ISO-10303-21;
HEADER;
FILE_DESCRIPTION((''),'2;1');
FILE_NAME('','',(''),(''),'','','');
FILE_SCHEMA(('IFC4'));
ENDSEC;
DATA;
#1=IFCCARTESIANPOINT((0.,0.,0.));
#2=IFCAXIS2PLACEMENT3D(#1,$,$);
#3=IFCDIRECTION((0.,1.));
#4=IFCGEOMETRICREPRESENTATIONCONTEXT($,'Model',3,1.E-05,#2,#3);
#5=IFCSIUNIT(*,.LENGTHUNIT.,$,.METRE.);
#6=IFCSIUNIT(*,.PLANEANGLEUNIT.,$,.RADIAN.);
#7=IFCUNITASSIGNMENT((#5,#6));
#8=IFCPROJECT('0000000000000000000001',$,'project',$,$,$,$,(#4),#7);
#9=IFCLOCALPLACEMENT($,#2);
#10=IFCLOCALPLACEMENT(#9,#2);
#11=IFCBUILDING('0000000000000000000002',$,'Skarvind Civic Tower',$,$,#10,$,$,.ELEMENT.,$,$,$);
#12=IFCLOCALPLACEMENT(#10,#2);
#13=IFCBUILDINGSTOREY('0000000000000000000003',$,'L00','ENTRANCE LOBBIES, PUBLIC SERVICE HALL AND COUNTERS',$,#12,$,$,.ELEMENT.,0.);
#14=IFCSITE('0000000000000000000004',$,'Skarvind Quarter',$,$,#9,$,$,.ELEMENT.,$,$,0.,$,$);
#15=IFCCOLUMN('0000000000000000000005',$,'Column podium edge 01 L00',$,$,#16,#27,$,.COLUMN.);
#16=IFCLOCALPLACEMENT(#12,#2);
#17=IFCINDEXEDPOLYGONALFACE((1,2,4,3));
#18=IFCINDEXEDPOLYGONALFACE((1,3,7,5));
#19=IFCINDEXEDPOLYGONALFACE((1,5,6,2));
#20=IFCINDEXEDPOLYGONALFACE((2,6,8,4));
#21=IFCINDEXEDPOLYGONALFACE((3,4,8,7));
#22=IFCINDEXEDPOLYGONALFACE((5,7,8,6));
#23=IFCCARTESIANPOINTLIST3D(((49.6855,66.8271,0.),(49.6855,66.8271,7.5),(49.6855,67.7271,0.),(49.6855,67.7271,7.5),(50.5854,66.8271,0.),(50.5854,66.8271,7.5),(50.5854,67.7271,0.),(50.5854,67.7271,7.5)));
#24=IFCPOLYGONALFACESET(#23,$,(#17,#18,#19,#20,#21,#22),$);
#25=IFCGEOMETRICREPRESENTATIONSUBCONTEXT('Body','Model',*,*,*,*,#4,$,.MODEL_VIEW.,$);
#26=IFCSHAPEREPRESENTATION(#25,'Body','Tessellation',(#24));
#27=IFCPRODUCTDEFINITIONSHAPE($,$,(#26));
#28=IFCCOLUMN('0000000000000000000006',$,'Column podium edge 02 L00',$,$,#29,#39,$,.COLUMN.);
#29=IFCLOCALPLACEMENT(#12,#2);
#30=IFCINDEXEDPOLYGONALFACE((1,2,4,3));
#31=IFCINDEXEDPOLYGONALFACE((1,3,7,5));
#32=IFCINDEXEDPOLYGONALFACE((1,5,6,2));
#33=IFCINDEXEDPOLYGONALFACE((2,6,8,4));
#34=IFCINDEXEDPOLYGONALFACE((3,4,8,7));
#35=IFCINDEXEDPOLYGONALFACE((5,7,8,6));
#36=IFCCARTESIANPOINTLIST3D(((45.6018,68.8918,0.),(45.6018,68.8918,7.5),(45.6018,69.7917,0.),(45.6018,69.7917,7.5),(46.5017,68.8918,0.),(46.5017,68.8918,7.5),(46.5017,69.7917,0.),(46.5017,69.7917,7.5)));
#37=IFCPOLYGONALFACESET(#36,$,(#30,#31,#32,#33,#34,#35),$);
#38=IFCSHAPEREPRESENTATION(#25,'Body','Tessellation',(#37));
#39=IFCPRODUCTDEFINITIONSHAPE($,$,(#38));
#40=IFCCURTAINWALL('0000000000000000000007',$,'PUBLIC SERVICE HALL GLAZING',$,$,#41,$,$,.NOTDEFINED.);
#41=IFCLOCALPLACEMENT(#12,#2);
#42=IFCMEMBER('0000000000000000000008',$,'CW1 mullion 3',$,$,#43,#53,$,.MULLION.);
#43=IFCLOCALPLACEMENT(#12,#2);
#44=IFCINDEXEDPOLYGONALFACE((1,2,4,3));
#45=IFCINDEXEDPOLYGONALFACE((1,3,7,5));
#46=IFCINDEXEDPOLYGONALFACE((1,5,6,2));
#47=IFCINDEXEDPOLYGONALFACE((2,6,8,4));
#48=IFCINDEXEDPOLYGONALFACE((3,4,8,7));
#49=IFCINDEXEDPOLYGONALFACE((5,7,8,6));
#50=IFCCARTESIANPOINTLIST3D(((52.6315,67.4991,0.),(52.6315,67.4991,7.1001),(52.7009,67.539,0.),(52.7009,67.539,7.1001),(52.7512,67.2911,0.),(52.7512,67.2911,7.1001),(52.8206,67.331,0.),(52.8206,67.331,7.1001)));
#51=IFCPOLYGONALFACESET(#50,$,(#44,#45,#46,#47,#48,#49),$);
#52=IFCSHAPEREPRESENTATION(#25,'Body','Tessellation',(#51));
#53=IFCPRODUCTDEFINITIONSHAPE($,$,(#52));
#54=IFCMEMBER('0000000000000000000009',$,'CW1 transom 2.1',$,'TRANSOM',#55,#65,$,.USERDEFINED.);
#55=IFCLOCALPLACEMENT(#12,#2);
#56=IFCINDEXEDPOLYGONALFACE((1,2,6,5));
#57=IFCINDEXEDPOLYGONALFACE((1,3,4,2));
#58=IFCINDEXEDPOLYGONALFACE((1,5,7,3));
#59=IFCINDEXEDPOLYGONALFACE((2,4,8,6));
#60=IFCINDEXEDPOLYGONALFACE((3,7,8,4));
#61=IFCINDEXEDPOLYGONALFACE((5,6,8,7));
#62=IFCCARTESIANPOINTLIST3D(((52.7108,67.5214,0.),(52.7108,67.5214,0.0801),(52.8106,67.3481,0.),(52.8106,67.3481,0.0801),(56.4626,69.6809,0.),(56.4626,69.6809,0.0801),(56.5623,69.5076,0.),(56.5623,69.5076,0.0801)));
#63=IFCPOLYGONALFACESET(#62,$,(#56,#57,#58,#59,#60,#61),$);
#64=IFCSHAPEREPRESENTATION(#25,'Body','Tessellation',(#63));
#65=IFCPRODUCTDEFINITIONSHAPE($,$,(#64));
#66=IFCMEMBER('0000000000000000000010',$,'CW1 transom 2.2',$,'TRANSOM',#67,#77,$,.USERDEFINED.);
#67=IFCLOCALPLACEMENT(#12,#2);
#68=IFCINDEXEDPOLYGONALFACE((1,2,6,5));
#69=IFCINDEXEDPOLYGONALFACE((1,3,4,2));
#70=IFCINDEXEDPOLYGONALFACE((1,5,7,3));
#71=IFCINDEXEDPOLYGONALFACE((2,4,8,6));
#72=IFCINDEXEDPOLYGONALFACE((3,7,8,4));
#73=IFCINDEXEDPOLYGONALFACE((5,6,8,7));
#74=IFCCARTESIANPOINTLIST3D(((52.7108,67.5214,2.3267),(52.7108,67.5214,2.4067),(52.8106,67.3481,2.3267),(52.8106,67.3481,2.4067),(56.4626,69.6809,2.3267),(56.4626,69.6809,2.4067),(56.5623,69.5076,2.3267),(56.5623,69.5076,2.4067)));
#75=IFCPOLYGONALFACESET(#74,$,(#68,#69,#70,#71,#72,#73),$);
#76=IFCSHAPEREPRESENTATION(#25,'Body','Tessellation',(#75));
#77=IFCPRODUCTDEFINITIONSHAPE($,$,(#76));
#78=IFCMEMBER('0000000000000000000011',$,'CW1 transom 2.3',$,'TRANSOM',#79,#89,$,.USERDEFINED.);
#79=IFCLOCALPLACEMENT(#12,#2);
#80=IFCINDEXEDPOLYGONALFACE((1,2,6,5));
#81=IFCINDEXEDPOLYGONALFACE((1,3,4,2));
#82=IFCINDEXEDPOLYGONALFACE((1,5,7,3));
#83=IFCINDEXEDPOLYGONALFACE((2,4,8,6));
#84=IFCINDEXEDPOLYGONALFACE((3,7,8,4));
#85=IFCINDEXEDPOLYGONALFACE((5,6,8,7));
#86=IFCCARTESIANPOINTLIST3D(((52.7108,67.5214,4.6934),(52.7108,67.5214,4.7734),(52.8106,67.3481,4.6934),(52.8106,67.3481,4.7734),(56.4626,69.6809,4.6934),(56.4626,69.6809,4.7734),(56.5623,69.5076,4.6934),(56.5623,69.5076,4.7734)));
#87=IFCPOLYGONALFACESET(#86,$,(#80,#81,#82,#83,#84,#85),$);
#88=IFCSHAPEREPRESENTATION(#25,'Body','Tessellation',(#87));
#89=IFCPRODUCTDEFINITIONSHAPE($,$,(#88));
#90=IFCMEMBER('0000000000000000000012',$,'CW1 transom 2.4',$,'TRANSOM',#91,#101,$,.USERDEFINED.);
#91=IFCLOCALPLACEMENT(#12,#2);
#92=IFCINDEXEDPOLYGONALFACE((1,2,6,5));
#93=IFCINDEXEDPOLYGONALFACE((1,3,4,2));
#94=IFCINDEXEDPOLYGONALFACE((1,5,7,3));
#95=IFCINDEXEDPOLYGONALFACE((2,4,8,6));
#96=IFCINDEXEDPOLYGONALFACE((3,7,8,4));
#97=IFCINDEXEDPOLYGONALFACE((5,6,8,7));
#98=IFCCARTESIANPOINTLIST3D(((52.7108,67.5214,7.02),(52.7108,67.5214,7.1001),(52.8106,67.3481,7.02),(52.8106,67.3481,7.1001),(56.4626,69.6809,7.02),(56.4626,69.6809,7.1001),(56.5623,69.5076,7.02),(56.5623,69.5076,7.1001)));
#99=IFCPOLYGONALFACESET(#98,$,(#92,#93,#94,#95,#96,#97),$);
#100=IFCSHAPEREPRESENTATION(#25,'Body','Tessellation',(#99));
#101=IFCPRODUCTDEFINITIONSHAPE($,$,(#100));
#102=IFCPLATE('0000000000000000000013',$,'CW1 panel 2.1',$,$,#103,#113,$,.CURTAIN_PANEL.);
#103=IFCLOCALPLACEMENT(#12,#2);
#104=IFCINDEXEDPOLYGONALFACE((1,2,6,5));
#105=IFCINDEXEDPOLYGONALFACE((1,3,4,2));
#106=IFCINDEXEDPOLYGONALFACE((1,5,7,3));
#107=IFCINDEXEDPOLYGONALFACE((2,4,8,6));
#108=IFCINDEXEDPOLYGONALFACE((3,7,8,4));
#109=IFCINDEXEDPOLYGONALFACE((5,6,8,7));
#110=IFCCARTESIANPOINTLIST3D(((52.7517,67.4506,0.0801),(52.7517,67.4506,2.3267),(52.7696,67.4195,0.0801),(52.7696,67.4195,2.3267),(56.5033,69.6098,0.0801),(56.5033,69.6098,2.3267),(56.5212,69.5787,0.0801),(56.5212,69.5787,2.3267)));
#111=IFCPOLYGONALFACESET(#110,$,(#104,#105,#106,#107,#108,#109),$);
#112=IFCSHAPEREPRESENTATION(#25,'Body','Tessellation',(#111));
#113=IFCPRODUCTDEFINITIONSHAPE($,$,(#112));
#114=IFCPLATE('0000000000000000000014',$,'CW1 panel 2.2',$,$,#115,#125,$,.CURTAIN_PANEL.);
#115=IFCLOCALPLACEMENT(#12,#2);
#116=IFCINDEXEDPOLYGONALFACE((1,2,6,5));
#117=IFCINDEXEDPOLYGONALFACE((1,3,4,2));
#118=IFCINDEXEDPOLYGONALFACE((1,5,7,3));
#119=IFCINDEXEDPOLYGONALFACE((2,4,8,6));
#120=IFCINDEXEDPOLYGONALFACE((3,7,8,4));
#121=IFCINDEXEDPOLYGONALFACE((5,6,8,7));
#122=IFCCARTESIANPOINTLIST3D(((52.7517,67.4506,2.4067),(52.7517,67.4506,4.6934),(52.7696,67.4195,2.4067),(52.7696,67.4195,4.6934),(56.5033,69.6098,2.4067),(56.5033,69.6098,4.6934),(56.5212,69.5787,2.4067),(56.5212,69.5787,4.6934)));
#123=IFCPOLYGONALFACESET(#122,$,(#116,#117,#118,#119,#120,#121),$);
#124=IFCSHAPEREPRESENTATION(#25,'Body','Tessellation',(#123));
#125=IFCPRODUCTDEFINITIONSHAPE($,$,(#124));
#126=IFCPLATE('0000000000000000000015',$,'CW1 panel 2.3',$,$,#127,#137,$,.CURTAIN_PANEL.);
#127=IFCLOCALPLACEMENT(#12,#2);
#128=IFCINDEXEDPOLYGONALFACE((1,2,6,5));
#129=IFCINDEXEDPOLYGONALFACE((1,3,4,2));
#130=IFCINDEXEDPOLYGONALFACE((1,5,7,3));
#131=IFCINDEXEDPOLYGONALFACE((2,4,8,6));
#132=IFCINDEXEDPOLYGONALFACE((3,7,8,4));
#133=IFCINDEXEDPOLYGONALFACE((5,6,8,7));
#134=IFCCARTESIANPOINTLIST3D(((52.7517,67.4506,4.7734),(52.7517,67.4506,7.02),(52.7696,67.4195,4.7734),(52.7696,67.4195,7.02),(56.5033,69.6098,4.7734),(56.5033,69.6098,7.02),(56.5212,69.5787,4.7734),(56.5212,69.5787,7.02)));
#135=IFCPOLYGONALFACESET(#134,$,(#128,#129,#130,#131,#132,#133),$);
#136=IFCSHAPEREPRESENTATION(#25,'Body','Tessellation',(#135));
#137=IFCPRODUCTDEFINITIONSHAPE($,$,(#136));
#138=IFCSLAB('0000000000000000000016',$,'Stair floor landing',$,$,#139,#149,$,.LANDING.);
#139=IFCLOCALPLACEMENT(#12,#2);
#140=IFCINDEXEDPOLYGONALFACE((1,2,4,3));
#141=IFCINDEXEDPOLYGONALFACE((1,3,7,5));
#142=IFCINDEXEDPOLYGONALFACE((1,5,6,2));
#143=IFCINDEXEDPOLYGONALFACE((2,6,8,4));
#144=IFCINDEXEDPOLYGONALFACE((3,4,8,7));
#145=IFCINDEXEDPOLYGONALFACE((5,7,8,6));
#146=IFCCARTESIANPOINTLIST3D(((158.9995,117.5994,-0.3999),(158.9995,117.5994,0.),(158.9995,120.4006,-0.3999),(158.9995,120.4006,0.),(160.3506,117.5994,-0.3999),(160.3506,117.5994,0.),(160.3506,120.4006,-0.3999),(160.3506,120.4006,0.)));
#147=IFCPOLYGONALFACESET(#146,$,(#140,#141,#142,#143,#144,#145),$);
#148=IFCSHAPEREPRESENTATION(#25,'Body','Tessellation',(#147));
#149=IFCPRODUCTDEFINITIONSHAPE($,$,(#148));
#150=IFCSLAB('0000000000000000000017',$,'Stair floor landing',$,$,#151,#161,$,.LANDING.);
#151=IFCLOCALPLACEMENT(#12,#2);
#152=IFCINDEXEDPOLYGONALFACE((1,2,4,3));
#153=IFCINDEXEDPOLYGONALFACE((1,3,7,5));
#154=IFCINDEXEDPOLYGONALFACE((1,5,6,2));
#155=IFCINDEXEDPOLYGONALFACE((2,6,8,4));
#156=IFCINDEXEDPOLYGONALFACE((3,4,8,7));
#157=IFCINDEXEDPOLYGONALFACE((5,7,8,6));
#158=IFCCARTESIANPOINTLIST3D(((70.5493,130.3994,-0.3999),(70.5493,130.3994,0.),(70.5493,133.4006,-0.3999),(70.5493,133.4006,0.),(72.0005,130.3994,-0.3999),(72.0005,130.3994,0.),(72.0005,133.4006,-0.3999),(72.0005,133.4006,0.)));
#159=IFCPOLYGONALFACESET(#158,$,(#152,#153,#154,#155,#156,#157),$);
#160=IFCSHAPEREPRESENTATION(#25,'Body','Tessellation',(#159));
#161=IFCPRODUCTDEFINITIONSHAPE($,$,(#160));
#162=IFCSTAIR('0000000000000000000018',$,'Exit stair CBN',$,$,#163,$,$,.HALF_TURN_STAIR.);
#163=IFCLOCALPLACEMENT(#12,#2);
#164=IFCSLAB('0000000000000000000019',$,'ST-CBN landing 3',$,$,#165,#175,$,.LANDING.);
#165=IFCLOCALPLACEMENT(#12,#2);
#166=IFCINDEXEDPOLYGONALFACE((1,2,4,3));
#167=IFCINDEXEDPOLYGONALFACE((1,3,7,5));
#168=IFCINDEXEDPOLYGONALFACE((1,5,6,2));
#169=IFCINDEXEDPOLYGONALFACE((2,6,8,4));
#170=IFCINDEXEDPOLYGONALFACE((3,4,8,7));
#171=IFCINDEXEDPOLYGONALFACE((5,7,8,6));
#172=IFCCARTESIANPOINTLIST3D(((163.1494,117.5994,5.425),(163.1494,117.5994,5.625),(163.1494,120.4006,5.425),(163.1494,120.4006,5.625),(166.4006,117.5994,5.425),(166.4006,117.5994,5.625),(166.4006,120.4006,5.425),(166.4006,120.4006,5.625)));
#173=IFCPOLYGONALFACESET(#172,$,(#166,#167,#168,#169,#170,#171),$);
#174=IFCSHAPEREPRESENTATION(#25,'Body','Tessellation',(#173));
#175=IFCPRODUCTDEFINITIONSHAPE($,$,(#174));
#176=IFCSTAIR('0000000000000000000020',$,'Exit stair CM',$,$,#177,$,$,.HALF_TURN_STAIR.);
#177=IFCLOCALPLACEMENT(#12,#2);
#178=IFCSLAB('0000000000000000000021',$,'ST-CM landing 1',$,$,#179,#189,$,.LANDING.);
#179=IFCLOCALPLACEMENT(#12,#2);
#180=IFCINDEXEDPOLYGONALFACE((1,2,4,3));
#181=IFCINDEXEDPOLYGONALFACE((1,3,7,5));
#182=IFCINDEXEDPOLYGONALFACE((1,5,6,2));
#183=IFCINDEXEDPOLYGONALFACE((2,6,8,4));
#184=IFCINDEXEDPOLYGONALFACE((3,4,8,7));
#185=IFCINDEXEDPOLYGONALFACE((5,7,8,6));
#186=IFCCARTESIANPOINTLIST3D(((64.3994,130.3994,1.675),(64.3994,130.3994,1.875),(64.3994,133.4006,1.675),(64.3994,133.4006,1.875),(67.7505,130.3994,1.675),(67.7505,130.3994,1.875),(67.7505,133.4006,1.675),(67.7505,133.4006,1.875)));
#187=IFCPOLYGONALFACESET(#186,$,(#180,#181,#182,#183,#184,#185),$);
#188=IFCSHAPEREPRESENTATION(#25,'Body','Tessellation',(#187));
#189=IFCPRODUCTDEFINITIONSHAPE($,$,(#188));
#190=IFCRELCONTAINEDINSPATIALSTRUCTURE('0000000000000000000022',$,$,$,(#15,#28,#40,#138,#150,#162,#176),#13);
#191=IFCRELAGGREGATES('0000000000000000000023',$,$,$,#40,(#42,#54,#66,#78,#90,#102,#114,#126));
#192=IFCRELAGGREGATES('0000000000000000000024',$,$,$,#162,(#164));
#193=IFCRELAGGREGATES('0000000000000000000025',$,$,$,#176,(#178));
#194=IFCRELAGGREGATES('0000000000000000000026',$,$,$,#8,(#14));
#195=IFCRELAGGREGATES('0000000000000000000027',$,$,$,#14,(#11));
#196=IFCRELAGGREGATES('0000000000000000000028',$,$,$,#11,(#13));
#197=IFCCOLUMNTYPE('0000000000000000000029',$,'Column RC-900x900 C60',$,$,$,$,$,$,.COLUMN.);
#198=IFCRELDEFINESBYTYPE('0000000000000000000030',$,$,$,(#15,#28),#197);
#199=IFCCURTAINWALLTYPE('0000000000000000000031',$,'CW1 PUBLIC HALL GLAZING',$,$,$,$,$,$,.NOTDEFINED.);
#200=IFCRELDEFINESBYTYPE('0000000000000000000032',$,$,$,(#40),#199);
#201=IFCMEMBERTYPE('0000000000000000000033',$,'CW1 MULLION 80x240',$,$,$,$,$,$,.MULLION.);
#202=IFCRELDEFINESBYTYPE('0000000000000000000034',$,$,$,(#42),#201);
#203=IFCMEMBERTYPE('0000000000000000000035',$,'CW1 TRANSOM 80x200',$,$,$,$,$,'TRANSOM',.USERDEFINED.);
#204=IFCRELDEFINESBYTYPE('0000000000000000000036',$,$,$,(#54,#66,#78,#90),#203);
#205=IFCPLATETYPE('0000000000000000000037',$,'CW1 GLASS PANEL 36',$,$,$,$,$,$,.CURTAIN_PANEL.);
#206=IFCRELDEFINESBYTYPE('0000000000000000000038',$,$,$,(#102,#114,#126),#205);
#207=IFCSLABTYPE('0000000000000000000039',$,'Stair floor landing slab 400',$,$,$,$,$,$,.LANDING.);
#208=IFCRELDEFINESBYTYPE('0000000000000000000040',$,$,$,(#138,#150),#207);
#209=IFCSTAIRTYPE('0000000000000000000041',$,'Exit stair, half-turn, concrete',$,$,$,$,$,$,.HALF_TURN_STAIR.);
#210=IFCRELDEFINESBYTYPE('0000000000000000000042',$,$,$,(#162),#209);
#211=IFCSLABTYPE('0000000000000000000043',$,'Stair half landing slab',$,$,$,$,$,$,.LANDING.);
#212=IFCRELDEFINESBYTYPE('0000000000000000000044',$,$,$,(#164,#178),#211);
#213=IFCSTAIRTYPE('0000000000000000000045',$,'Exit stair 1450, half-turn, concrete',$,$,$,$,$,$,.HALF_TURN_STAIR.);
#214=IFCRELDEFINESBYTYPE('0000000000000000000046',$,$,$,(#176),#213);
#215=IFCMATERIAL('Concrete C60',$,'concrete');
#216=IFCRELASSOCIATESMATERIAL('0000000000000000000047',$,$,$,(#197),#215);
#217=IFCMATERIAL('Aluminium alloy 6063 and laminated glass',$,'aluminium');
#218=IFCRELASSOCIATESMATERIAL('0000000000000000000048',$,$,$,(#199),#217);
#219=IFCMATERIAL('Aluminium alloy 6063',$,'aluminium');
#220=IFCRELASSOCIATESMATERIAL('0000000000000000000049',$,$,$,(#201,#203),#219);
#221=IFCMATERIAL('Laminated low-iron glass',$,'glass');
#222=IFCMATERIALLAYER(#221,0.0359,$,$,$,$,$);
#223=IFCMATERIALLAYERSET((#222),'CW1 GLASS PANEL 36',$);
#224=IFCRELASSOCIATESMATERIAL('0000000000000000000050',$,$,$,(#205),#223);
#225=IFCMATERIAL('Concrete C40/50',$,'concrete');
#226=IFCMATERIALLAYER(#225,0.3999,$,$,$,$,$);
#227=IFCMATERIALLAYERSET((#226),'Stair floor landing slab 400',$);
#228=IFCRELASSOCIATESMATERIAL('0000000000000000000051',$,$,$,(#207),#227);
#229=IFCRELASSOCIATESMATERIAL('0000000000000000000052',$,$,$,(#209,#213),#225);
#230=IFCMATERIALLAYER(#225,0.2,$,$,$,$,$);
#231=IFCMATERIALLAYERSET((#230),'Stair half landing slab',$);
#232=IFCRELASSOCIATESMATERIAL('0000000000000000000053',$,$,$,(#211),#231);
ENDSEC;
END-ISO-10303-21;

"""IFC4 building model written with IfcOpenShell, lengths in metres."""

from ifc_helpers import new_model, si_unit, direction, frame, origin, origin_2d, place, context, subcontext, project, spatial, polyline, rectangle, outline, extrude, material, layer, layer_set, material_profile, profile_set, type_object, element, aggregate, save


model = new_model("IFC4")

# Units and contexts
model_context = context("Model", 3, precision=1e-05, world=origin(), true_north=direction((0.0, 1.0)))
body_context = subcontext(model_context, "Body", "Model", "MODEL_VIEW")
ifc_project = project(units=[si_unit("LENGTHUNIT", "METRE"), si_unit("PLANEANGLEUNIT", "RADIAN")], contexts=[model_context])

# Site, building, storey
site_placement = place(None, origin())
site = spatial("IfcSite", under=ifc_project, at=site_placement, Name="Skarvind Quarter", CompositionType="ELEMENT", RefElevation=0.0)
building_placement = place(site_placement, origin())
building = spatial("IfcBuilding", under=site, at=building_placement, Name="Skarvind Civic Tower", CompositionType="ELEMENT")
storey_placement = place(building_placement, origin())
storey = spatial("IfcBuildingStorey", under=building, at=storey_placement, Name="L00", Description="ENTRANCE LOBBIES, PUBLIC SERVICE HALL AND COUNTERS", CompositionType="ELEMENT", Elevation=0.0)

# Columns
ifc_material_1 = material(Name="Concrete C60", Category="concrete")
ifc_material_profile_1 = material_profile(ifc_material_1, rectangle(XDim=0.8999, YDim=0.8999, at=origin_2d()), Name="RC-900x900")
ifc_profile_set_1 = profile_set([ifc_material_profile_1], Name="Concrete C60")
column_type = type_object("IfcColumnType", Name="Column RC-900x900 C60", PredefinedType="COLUMN", material=ifc_profile_set_1)
for number, where, z_axis, x_axis, name in (
    (1, (50.1355, 67.2771, 0.0), (0.0, 0.0, 1.0), (1.0, 0.0, 0.0), "Column podium edge 01 L00"),
    (2, (46.0518, 69.3418, 0.0), (0.0, 0.0, 1.0), (1.0, 0.0, 0.0), "Column podium edge 02 L00"),
):
    element("IfcColumn", number, at=place(storey_placement, frame(where, z_axis=z_axis, x_axis=x_axis)), inside=storey, type_object=column_type, Name=name, PredefinedType="COLUMN", context=body_context, shape_type="SweptSolid", body=[
        extrude(rectangle(XDim=0.8999, YDim=0.8999, at=origin_2d()), origin(), (0.0, 0.0, 1.0), 7.5),
    ])

# Curtain wall, members, plates
ifc_material_2 = material(Name="Aluminium alloy 6063 and laminated glass", Category="aluminium")
curtain_wall_type = type_object("IfcCurtainWallType", Name="CW1 PUBLIC HALL GLAZING", PredefinedType="NOTDEFINED", material=ifc_material_2)
curtain_wall_placement = place(storey_placement, origin())
curtain_wall = element("IfcCurtainWall", 3, at=curtain_wall_placement, inside=storey, type_object=curtain_wall_type, Name="PUBLIC SERVICE HALL GLAZING", PredefinedType="NOTDEFINED")
ifc_material_3 = material(Name="Aluminium alloy 6063", Category="aluminium")
ifc_material_profile_2 = material_profile(ifc_material_3, rectangle(XDim=0.24, YDim=0.0801, at=origin_2d()), Name="AL 80x240")
ifc_profile_set_2 = profile_set([ifc_material_profile_2], Name="Aluminium alloy 6063")
member_type_1 = type_object("IfcMemberType", Name="CW1 MULLION 80x240", PredefinedType="MULLION", material=ifc_profile_set_2)
member_1_placement = place(storey_placement, frame((52.7261, 67.415, 0.0), z_axis=(0.0, 0.0, 1.0), x_axis=(0.49883, -0.8667, 0.0)))
member_1 = element("IfcMember", 4, at=member_1_placement, type_object=member_type_1, Name="CW1 mullion 3", PredefinedType="MULLION", context=body_context, shape_type="SweptSolid", body=[
    extrude(rectangle(XDim=0.24, YDim=0.0801, at=origin_2d()), origin(), (0.0, 0.0, 1.0), 7.1001),
])
ifc_material_profile_3 = material_profile(ifc_material_3, rectangle(XDim=0.2, YDim=0.0801, at=origin_2d()), Name="AL 80x200")
ifc_profile_set_3 = profile_set([ifc_material_profile_3], Name="Aluminium alloy 6063")
member_type_2 = type_object("IfcMemberType", Name="CW1 TRANSOM 80x200", ElementType="TRANSOM", PredefinedType="USERDEFINED", material=ifc_profile_set_3)
member_2_placement = place(storey_placement, frame((56.5125, 69.5942, 0.04), z_axis=(-0.866687, -0.498851, 0.0), x_axis=(0.498851, -0.866687, 0.0)))
member_2 = element("IfcMember", 5, at=member_2_placement, type_object=member_type_2, Name="CW1 transom 2.1", ObjectType="TRANSOM", PredefinedType="USERDEFINED", context=body_context, shape_type="SweptSolid", body=[
    extrude(rectangle(XDim=0.2, YDim=0.0801, at=origin_2d()), origin(), (0.0, 0.0, 1.0), 4.3289),
])
member_3_placement = place(storey_placement, frame((56.5125, 69.5942, 2.3667), z_axis=(-0.866687, -0.498851, 0.0), x_axis=(0.498851, -0.866687, 0.0)))
member_3 = element("IfcMember", 6, at=member_3_placement, type_object=member_type_2, Name="CW1 transom 2.2", ObjectType="TRANSOM", PredefinedType="USERDEFINED", context=body_context, shape_type="SweptSolid", body=[
    extrude(rectangle(XDim=0.2, YDim=0.0801, at=origin_2d()), origin(), (0.0, 0.0, 1.0), 4.3289),
])
member_4_placement = place(storey_placement, frame((56.5125, 69.5942, 4.7334), z_axis=(-0.866687, -0.498851, 0.0), x_axis=(0.498851, -0.866687, 0.0)))
member_4 = element("IfcMember", 7, at=member_4_placement, type_object=member_type_2, Name="CW1 transom 2.3", ObjectType="TRANSOM", PredefinedType="USERDEFINED", context=body_context, shape_type="SweptSolid", body=[
    extrude(rectangle(XDim=0.2, YDim=0.0801, at=origin_2d()), origin(), (0.0, 0.0, 1.0), 4.3289),
])
member_5_placement = place(storey_placement, frame((56.5125, 69.5942, 7.0601), z_axis=(-0.866687, -0.498851, 0.0), x_axis=(0.498851, -0.866687, 0.0)))
member_5 = element("IfcMember", 8, at=member_5_placement, type_object=member_type_2, Name="CW1 transom 2.4", ObjectType="TRANSOM", PredefinedType="USERDEFINED", context=body_context, shape_type="SweptSolid", body=[
    extrude(rectangle(XDim=0.2, YDim=0.0801, at=origin_2d()), origin(), (0.0, 0.0, 1.0), 4.3289),
])
ifc_material_4 = material(Name="Laminated low-iron glass", Category="glass")
ifc_layer_1 = layer(ifc_material_4, 0.0359)
ifc_layer_set_1 = layer_set([ifc_layer_1], Name="CW1 GLASS PANEL 36")
plate_type = type_object("IfcPlateType", Name="CW1 GLASS PANEL 36", PredefinedType="CURTAIN_PANEL", material=ifc_layer_set_1)
plate_1_placement = place(storey_placement, frame((54.6365, 68.5146, 0.0801), z_axis=(0.0, 0.0, 1.0), x_axis=(-0.8667, -0.49883, 0.0)))
plate_1 = element("IfcPlate", 9, at=plate_1_placement, type_object=plate_type, Name="CW1 panel 2.1", PredefinedType="CURTAIN_PANEL", context=body_context, shape_type="SweptSolid", body=[
    extrude(rectangle(XDim=4.3286, YDim=0.0359, at=origin_2d()), origin(), (0.0, 0.0, 1.0), 2.2466),
])
plate_2_placement = place(storey_placement, frame((54.6365, 68.5146, 2.4067), z_axis=(0.0, 0.0, 1.0), x_axis=(-0.8667, -0.49883, 0.0)))
plate_2 = element("IfcPlate", 10, at=plate_2_placement, type_object=plate_type, Name="CW1 panel 2.2", PredefinedType="CURTAIN_PANEL", context=body_context, shape_type="SweptSolid", body=[
    extrude(rectangle(XDim=4.3286, YDim=0.0359, at=origin_2d()), origin(), (0.0, 0.0, 1.0), 2.2866),
])
plate_3_placement = place(storey_placement, frame((54.6365, 68.5146, 4.7734), z_axis=(0.0, 0.0, 1.0), x_axis=(-0.8667, -0.49883, 0.0)))
plate_3 = element("IfcPlate", 11, at=plate_3_placement, type_object=plate_type, Name="CW1 panel 2.3", PredefinedType="CURTAIN_PANEL", context=body_context, shape_type="SweptSolid", body=[
    extrude(rectangle(XDim=4.3286, YDim=0.0359, at=origin_2d()), origin(), (0.0, 0.0, 1.0), 2.2466),
])
aggregate(curtain_wall, [member_1, member_2, member_3, member_4, member_5, plate_1, plate_2, plate_3])

# Slabs
ifc_material_5 = material(Name="Concrete C40/50", Category="concrete")
ifc_layer_2 = layer(ifc_material_5, 0.3999)
ifc_layer_set_2 = layer_set([ifc_layer_2], Name="Stair floor landing slab 400")
slab_type_1 = type_object("IfcSlabType", Name="Stair floor landing slab 400", PredefinedType="LANDING", material=ifc_layer_set_2)
slab_1_placement = place(storey_placement, frame((0.0, 0.0, -0.3999)))
element("IfcSlab", 12, at=slab_1_placement, inside=storey, type_object=slab_type_1, Name="Stair floor landing", PredefinedType="LANDING", context=body_context, shape_type="SweptSolid", body=[
    extrude(outline(polyline([(160.3506, 120.4006), (160.3506, 117.5994), (158.9995, 117.5994), (158.9995, 120.4006), (160.3506, 120.4006)])), origin(), (0.0, 0.0, 1.0), 0.3999),
])
slab_2_placement = place(storey_placement, frame((0.0, 0.0, -0.3999)))
element("IfcSlab", 13, at=slab_2_placement, inside=storey, type_object=slab_type_1, Name="Stair floor landing", PredefinedType="LANDING", context=body_context, shape_type="SweptSolid", body=[
    extrude(outline(polyline([(70.5493, 130.3994), (70.5493, 133.4006), (72.0005, 133.4006), (72.0005, 130.3994), (70.5493, 130.3994)])), origin(), (0.0, 0.0, 1.0), 0.3999),
])

# Stair, slab
stair_type_1 = type_object("IfcStairType", Name="Exit stair, half-turn, concrete", PredefinedType="HALF_TURN_STAIR", material=ifc_material_5)
stair_1_placement = place(storey_placement, origin())
stair_1 = element("IfcStair", 14, at=stair_1_placement, inside=storey, type_object=stair_type_1, Name="Exit stair CBN", PredefinedType="HALF_TURN_STAIR")
ifc_layer_3 = layer(ifc_material_5, 0.2)
ifc_layer_set_3 = layer_set([ifc_layer_3], Name="Stair half landing slab")
slab_type_2 = type_object("IfcSlabType", Name="Stair half landing slab", PredefinedType="LANDING", material=ifc_layer_set_3)
slab_3_placement = place(storey_placement, frame((0.0, 0.0, 5.425)))
slab_3 = element("IfcSlab", 15, at=slab_3_placement, type_object=slab_type_2, Name="ST-CBN landing 3", PredefinedType="LANDING", context=body_context, shape_type="SweptSolid", body=[
    extrude(outline(polyline([(163.1494, 117.5994), (163.1494, 120.4006), (166.4006, 120.4006), (166.4006, 117.5994), (163.1494, 117.5994)])), origin(), (0.0, 0.0, 1.0), 0.2),
])
aggregate(stair_1, [slab_3])

# Stair, slab
stair_type_2 = type_object("IfcStairType", Name="Exit stair 1450, half-turn, concrete", PredefinedType="HALF_TURN_STAIR", material=ifc_material_5)
stair_2_placement = place(storey_placement, origin())
stair_2 = element("IfcStair", 16, at=stair_2_placement, inside=storey, type_object=stair_type_2, Name="Exit stair CM", PredefinedType="HALF_TURN_STAIR")
slab_4_placement = place(storey_placement, frame((0.0, 0.0, 1.675)))
slab_4 = element("IfcSlab", 17, at=slab_4_placement, type_object=slab_type_2, Name="ST-CM landing 1", PredefinedType="LANDING", context=body_context, shape_type="SweptSolid", body=[
    extrude(outline(polyline([(67.7505, 133.4006), (67.7505, 130.3994), (64.3994, 130.3994), (64.3994, 133.4006), (67.7505, 133.4006)])), origin(), (0.0, 0.0, 1.0), 0.2),
])
aggregate(stair_2, [slab_4])

save(model, "model.ifc")
